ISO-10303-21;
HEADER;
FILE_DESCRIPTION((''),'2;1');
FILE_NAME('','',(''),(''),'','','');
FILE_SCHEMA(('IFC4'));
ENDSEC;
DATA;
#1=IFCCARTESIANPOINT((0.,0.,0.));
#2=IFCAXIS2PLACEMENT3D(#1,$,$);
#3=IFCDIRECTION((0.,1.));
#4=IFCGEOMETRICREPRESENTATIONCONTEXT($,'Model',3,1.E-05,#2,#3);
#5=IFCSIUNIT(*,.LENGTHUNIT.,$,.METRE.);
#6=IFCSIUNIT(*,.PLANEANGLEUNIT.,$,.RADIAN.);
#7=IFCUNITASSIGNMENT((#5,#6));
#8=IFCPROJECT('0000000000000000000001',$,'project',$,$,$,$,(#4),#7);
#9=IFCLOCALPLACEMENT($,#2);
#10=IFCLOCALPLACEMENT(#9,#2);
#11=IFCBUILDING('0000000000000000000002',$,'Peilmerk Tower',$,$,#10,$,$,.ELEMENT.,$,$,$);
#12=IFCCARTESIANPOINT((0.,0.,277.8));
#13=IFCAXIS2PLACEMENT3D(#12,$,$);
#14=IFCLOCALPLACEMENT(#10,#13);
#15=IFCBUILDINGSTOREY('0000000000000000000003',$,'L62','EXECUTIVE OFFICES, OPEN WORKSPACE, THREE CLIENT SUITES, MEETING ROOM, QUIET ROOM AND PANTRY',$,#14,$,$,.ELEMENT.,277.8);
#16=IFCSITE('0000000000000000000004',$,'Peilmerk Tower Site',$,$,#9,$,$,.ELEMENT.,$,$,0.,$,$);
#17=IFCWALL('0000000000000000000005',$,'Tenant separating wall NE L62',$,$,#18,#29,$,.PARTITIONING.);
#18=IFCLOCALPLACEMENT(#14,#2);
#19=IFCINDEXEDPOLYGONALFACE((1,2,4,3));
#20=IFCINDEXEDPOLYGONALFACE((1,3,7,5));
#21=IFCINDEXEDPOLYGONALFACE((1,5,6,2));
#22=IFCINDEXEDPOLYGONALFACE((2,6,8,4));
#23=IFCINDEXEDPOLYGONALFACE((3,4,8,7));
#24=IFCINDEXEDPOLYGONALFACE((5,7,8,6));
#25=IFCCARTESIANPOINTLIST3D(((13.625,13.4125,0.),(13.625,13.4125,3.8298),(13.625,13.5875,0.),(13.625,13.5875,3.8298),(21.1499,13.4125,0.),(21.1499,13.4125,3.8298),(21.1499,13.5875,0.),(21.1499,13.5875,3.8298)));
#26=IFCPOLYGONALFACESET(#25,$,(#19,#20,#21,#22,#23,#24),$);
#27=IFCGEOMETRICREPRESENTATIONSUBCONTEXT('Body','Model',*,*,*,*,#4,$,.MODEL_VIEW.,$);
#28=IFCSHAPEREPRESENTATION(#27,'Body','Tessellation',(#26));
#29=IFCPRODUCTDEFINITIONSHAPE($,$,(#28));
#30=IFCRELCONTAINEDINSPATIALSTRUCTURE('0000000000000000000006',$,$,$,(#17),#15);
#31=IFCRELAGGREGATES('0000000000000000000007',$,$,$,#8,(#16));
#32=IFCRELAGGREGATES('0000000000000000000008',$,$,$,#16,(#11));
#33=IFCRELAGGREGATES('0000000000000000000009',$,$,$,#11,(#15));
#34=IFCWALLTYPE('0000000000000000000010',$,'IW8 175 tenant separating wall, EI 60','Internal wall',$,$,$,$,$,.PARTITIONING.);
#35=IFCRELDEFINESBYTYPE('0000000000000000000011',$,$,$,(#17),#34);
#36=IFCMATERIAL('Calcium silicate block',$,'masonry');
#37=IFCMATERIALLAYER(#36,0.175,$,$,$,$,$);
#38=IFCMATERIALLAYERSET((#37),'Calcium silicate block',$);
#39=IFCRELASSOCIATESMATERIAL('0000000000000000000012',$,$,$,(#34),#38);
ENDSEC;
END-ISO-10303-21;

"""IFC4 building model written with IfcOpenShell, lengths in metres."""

from ifc_helpers import new_model, si_unit, direction, frame, frame_2d, origin, place, context, subcontext, project, spatial, rectangle, extrude, material, layer, layer_set, type_object, element, save


model = new_model("IFC4")

# Units and contexts
model_context = context("Model", 3, precision=1e-05, world=origin(), true_north=direction((0.0, 1.0)))
body_context = subcontext(model_context, "Body", "Model", "MODEL_VIEW")
ifc_project = project(units=[si_unit("LENGTHUNIT", "METRE"), si_unit("PLANEANGLEUNIT", "RADIAN")], contexts=[model_context])

# Site, building, storey
site_placement = place(None, origin())
site = spatial("IfcSite", under=ifc_project, at=site_placement, Name="Peilmerk Tower Site", CompositionType="ELEMENT", RefElevation=0.0)
building_placement = place(site_placement, origin())
building = spatial("IfcBuilding", under=site, at=building_placement, Name="Peilmerk Tower", CompositionType="ELEMENT")
storey_placement = place(building_placement, frame((0.0, 0.0, 277.8)))
storey = spatial("IfcBuildingStorey", under=building, at=storey_placement, Name="L62", Description="EXECUTIVE OFFICES, OPEN WORKSPACE, THREE CLIENT SUITES, MEETING ROOM, QUIET ROOM AND PANTRY", CompositionType="ELEMENT", Elevation=277.8)

# Shared definitions
ifc_material_1 = material(Name="Calcium silicate block", Category="masonry")

# Wall
ifc_layer_1 = layer(ifc_material_1, 0.175)
ifc_layer_set_1 = layer_set([ifc_layer_1], Name="Calcium silicate block")
wall_type_1 = type_object("IfcWallType", Name="IW8 175 tenant separating wall, EI 60", Description="Internal wall", PredefinedType="PARTITIONING", material=ifc_layer_set_1)
wall_1_placement = place(storey_placement, frame((13.625, 13.5, 0.0), z_axis=(0.0, 0.0, 1.0), x_axis=(1.0, 0.0, 0.0)))
element("IfcWall", 1, at=wall_1_placement, inside=storey, type_object=wall_type_1, Name="Tenant separating wall NE L62", PredefinedType="PARTITIONING", context=body_context, shape_type="SweptSolid", body=[
    extrude(rectangle(XDim=7.5249, YDim=0.175, at=frame_2d((3.7625, 0.0))), origin(), (0.0, 0.0, 1.0), 3.8298),
])

save(model, "model.ifc")
